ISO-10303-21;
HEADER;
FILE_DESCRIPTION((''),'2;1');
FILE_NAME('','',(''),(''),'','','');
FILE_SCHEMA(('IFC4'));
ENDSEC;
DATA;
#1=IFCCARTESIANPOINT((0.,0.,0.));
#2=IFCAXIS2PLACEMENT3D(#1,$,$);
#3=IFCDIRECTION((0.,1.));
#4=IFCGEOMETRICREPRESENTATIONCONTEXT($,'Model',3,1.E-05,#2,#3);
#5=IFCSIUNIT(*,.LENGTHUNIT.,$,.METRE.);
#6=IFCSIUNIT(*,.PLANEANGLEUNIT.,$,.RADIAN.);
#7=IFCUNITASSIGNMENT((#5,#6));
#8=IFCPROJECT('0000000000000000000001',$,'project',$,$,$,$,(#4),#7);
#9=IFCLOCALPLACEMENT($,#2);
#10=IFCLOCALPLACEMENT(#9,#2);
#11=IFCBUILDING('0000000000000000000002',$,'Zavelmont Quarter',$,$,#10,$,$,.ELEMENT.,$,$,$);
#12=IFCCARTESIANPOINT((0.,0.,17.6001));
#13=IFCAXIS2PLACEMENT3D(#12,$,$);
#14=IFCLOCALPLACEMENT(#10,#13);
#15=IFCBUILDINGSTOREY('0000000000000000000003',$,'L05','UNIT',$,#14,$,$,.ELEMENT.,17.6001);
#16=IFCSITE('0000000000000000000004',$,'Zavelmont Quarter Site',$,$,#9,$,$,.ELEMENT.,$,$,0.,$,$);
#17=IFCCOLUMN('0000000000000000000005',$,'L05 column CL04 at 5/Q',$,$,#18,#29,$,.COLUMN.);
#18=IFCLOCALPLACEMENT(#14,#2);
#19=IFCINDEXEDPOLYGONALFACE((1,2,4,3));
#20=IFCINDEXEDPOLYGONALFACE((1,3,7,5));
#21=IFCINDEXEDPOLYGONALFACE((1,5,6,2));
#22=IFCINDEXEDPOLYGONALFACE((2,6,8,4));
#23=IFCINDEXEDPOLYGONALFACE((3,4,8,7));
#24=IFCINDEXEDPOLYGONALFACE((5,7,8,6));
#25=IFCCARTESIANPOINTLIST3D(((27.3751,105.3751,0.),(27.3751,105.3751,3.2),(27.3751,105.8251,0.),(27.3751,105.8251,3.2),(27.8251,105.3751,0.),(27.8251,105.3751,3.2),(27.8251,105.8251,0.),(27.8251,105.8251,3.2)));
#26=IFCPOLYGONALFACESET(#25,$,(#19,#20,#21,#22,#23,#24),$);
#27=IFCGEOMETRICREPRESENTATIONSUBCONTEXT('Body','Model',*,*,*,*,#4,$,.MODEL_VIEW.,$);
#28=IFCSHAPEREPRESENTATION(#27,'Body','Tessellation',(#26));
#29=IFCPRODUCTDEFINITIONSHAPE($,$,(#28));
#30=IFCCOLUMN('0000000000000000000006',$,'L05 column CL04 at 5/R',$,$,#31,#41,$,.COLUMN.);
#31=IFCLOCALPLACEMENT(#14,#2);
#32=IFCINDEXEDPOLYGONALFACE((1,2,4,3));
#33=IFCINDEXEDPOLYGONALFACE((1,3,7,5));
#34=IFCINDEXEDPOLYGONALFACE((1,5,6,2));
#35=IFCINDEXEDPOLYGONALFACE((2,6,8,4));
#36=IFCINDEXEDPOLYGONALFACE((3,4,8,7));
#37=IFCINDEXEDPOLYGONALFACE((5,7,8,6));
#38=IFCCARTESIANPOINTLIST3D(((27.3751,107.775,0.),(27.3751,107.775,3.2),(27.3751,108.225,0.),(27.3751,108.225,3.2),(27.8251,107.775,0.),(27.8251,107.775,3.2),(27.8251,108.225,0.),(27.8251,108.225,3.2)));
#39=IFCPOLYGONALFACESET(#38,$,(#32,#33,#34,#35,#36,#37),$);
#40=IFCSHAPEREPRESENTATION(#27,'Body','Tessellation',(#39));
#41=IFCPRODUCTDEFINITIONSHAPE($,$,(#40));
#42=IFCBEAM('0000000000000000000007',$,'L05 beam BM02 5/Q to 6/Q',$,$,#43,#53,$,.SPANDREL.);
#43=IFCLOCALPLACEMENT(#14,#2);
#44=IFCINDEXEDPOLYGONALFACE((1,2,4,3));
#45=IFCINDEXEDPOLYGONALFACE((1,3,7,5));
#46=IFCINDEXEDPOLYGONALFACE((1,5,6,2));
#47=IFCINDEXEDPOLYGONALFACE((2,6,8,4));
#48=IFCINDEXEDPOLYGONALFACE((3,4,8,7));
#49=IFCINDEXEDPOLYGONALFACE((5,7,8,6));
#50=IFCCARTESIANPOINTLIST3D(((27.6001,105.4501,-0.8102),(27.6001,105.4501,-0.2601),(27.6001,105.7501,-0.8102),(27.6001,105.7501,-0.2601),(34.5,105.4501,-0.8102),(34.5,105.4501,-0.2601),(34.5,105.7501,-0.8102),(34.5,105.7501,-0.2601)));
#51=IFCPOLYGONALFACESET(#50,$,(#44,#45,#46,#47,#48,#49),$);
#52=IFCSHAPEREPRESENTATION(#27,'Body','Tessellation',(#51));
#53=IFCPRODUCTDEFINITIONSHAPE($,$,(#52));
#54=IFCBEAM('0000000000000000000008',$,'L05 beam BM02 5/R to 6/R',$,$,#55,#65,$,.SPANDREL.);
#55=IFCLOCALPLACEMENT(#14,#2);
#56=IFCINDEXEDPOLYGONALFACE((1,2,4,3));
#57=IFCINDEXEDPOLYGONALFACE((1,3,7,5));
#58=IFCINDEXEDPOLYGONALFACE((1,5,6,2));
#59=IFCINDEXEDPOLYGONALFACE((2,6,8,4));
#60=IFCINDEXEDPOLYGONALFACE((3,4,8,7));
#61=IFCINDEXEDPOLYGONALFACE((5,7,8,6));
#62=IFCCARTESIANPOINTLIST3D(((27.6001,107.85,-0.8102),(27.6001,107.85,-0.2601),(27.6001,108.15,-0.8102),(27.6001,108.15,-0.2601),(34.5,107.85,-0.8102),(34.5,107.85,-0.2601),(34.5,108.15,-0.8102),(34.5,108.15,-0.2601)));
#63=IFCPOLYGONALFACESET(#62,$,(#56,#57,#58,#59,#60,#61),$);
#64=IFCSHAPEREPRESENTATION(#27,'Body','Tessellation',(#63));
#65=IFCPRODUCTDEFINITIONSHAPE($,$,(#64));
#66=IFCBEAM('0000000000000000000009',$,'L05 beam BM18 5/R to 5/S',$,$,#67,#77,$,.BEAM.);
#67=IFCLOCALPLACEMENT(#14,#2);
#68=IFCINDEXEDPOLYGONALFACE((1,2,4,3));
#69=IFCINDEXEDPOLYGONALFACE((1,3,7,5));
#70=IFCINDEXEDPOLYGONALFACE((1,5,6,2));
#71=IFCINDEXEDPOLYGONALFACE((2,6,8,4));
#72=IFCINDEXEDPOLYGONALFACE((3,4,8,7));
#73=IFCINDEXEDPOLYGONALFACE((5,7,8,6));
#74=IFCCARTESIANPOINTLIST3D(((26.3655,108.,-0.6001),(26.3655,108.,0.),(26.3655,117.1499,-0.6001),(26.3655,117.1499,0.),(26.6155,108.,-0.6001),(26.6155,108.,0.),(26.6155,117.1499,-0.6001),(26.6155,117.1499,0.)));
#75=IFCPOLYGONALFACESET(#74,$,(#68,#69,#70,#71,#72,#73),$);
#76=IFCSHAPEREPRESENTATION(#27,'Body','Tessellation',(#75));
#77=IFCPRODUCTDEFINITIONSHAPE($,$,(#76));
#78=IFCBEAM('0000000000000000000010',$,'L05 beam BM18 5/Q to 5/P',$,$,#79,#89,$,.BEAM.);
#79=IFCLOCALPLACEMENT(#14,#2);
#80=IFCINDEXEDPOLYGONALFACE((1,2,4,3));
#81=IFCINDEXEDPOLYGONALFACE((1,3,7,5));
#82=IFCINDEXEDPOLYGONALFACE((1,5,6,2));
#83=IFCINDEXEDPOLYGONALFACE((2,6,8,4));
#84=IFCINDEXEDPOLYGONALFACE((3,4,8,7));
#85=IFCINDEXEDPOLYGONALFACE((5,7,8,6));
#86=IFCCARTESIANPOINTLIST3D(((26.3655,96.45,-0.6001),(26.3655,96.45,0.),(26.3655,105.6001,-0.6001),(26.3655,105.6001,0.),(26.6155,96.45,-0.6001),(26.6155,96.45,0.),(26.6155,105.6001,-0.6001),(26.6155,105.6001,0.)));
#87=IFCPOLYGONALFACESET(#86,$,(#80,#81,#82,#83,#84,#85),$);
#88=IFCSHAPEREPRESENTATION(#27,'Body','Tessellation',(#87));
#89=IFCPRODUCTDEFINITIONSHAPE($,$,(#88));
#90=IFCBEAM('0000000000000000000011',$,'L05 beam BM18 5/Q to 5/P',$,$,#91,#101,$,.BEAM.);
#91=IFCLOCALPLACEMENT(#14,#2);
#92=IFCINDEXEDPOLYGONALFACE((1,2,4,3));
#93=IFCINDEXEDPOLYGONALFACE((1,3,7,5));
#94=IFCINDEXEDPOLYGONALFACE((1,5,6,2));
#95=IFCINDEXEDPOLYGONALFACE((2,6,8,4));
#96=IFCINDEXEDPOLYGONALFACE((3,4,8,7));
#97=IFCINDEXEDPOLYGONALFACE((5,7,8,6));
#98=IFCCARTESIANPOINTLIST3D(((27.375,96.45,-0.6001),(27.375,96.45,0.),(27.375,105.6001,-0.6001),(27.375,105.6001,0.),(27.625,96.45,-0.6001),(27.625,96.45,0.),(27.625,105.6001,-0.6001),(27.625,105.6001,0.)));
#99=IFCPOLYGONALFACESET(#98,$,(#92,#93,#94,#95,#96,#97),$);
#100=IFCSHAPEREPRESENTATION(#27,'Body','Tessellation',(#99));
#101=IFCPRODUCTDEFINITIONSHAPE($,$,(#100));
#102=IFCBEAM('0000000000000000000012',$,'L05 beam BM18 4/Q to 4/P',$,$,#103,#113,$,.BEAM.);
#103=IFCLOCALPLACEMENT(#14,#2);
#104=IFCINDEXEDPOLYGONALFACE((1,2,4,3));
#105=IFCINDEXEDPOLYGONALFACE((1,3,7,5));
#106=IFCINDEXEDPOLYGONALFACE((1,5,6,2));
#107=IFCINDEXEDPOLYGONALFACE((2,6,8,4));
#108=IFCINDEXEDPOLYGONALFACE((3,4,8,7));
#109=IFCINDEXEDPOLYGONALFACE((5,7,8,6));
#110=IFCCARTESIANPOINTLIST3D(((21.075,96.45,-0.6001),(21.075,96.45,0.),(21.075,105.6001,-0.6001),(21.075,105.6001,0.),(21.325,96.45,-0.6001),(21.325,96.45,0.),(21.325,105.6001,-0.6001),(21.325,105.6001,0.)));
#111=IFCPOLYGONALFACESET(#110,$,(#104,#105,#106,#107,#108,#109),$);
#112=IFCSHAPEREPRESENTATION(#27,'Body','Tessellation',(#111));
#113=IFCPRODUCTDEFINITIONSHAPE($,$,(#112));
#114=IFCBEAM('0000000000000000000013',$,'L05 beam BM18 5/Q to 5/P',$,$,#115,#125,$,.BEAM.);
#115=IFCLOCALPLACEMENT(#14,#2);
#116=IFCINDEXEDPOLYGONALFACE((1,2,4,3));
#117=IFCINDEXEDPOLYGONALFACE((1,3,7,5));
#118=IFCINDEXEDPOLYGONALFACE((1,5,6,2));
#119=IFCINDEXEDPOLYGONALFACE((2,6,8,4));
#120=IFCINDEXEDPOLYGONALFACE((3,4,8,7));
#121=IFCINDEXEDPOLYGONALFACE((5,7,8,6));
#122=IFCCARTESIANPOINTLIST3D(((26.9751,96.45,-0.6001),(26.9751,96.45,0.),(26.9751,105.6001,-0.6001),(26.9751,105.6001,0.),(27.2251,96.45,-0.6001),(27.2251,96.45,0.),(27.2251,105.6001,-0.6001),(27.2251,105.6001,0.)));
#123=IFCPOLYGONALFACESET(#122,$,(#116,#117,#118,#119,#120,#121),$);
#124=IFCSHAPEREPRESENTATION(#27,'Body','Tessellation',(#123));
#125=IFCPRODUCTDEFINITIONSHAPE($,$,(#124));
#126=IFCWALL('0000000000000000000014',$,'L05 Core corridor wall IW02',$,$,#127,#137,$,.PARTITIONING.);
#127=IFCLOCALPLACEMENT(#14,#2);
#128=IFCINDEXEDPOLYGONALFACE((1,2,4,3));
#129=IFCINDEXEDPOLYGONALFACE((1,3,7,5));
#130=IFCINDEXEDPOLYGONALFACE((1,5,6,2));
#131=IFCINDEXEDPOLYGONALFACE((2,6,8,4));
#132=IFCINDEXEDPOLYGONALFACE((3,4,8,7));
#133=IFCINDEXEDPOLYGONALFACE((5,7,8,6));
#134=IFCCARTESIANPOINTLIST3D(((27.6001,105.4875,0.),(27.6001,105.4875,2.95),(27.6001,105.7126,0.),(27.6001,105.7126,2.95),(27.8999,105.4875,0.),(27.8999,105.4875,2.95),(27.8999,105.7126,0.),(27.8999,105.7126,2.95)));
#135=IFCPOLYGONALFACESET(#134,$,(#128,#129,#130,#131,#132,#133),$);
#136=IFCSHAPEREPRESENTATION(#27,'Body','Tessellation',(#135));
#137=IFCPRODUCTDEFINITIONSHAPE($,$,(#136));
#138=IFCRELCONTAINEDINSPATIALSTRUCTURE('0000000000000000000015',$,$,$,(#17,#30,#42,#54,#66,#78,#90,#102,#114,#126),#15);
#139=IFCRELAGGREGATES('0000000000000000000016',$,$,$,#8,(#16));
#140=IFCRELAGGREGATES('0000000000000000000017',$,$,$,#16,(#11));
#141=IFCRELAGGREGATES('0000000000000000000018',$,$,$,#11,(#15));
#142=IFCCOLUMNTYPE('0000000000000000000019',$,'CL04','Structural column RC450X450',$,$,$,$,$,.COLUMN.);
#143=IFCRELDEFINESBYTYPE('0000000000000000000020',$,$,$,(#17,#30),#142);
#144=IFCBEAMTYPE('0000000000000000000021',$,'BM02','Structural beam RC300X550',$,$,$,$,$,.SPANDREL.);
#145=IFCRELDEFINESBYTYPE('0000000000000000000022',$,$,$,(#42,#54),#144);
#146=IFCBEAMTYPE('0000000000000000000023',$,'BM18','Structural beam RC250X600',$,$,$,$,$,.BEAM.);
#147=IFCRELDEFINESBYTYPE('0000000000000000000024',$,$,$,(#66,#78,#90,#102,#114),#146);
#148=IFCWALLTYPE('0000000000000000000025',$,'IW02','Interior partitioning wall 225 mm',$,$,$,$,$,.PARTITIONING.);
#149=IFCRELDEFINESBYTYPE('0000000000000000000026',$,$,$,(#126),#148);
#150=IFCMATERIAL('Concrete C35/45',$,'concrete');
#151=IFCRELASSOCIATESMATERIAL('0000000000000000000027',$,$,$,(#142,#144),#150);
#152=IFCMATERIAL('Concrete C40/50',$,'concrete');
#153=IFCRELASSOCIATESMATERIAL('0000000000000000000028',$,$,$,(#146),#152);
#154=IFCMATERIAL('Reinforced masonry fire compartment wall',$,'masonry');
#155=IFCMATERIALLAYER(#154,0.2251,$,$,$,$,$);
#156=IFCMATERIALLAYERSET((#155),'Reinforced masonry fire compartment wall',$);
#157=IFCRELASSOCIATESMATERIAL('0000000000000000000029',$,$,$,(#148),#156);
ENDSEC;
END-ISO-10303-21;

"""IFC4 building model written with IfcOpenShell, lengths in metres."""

from ifc_helpers import new_model, si_unit, direction, frame, frame_2d, origin, origin_2d, place, context, subcontext, project, spatial, rectangle, extrude, material, layer, layer_set, material_profile, profile_set, type_object, element, save


model = new_model("IFC4")

# Units and contexts
model_context = context("Model", 3, precision=1e-05, world=origin(), true_north=direction((0.0, 1.0)))
body_context = subcontext(model_context, "Body", "Model", "MODEL_VIEW")
ifc_project = project(units=[si_unit("LENGTHUNIT", "METRE"), si_unit("PLANEANGLEUNIT", "RADIAN")], contexts=[model_context])

# Site, building, storey
site_placement = place(None, origin())
site = spatial("IfcSite", under=ifc_project, at=site_placement, Name="Zavelmont Quarter Site", CompositionType="ELEMENT", RefElevation=0.0)
building_placement = place(site_placement, origin())
building = spatial("IfcBuilding", under=site, at=building_placement, Name="Zavelmont Quarter", CompositionType="ELEMENT")
storey_placement = place(building_placement, frame((0.0, 0.0, 17.6001)))
storey = spatial("IfcBuildingStorey", under=building, at=storey_placement, Name="L05", Description="UNIT", CompositionType="ELEMENT", Elevation=17.6001)

# Columns
ifc_material_1 = material(Name="Concrete C35/45", Category="concrete")
ifc_material_profile_1 = material_profile(ifc_material_1, rectangle(XDim=0.45, YDim=0.45, at=origin_2d()), Name="RC450X450")
ifc_profile_set_1 = profile_set([ifc_material_profile_1], Name="Concrete C35/45")
column_type = type_object("IfcColumnType", Name="CL04", Description="Structural column RC450X450", PredefinedType="COLUMN", material=ifc_profile_set_1)
for number, where, z_axis, x_axis, name in (
    (1, (27.6001, 105.6001, 0.0), (0.0, 0.0, 1.0), (1.0, 0.0, 0.0), "L05 column CL04 at 5/Q"),
    (2, (27.6001, 108.0, 0.0), (0.0, 0.0, 1.0), (1.0, 0.0, 0.0), "L05 column CL04 at 5/R"),
):
    element("IfcColumn", number, at=place(storey_placement, frame(where, z_axis=z_axis, x_axis=x_axis)), inside=storey, type_object=column_type, Name=name, PredefinedType="COLUMN", context=body_context, shape_type="SweptSolid", body=[
        extrude(rectangle(XDim=0.45, YDim=0.45, at=origin_2d()), origin(), (0.0, 0.0, 1.0), 3.2),
    ])

# Beams
ifc_material_profile_2 = material_profile(ifc_material_1, rectangle(XDim=0.3, YDim=0.55, at=origin_2d()), Name="RC300X550")
ifc_profile_set_2 = profile_set([ifc_material_profile_2], Name="Concrete C35/45")
beam_type_1 = type_object("IfcBeamType", Name="BM02", Description="Structural beam RC300X550", PredefinedType="SPANDREL", material=ifc_profile_set_2)
for number, where, z_axis, x_axis, name in (
    (3, (27.6001, 105.6001, -0.5352), (1.0, 0.0, 0.0), (0.0, 1.0, 0.0), "L05 beam BM02 5/Q to 6/Q"),
    (4, (27.6001, 108.0, -0.5352), (1.0, 0.0, 0.0), (0.0, 1.0, 0.0), "L05 beam BM02 5/R to 6/R"),
):
    element("IfcBeam", number, at=place(storey_placement, frame(where, z_axis=z_axis, x_axis=x_axis)), inside=storey, type_object=beam_type_1, Name=name, PredefinedType="SPANDREL", context=body_context, shape_type="SweptSolid", body=[
        extrude(rectangle(XDim=0.3, YDim=0.55, at=origin_2d()), origin(), (0.0, 0.0, 1.0), 6.8999),
    ])
ifc_material_2 = material(Name="Concrete C40/50", Category="concrete")
ifc_material_profile_3 = material_profile(ifc_material_2, rectangle(XDim=0.25, YDim=0.6001, at=origin_2d()), Name="RC250X600")
ifc_profile_set_3 = profile_set([ifc_material_profile_3], Name="Concrete C40/50")
beam_type_2 = type_object("IfcBeamType", Name="BM18", Description="Structural beam RC250X600", PredefinedType="BEAM", material=ifc_profile_set_3)
beam_placement = place(storey_placement, frame((26.4905, 108.0, -0.3), z_axis=(0.0, 1.0, 0.0), x_axis=(-1.0, 0.0, 0.0)))
element("IfcBeam", 5, at=beam_placement, inside=storey, type_object=beam_type_2, Name="L05 beam BM18 5/R to 5/S", PredefinedType="BEAM", context=body_context, shape_type="SweptSolid", body=[
    extrude(rectangle(XDim=0.25, YDim=0.6001, at=origin_2d()), origin(), (0.0, 0.0, 1.0), 9.1499),
])
for number, where, z_axis, x_axis, name in (
    (6, (26.4905, 105.6001, -0.3), (0.0, -1.0, 0.0), (1.0, 0.0, 0.0), "L05 beam BM18 5/Q to 5/P"),
    (7, (27.5, 105.6001, -0.3), (0.0, -1.0, 0.0), (1.0, 0.0, 0.0), "L05 beam BM18 5/Q to 5/P"),
    (8, (21.2, 105.6001, -0.3), (0.0, -1.0, 0.0), (1.0, 0.0, 0.0), "L05 beam BM18 4/Q to 4/P"),
    (9, (27.1001, 105.6001, -0.3), (0.0, -1.0, 0.0), (1.0, 0.0, 0.0), "L05 beam BM18 5/Q to 5/P"),
):
    element("IfcBeam", number, at=place(storey_placement, frame(where, z_axis=z_axis, x_axis=x_axis)), inside=storey, type_object=beam_type_2, Name=name, PredefinedType="BEAM", context=body_context, shape_type="SweptSolid", body=[
        extrude(rectangle(XDim=0.25, YDim=0.6001, at=origin_2d()), origin(), (0.0, 0.0, 1.0), 9.1501),
    ])

# Wall
ifc_material_3 = material(Name="Reinforced masonry fire compartment wall", Category="masonry")
ifc_layer_1 = layer(ifc_material_3, 0.2251)
ifc_layer_set_1 = layer_set([ifc_layer_1], Name="Reinforced masonry fire compartment wall")
wall_type_1 = type_object("IfcWallType", Name="IW02", Description="Interior partitioning wall 225 mm", PredefinedType="PARTITIONING", material=ifc_layer_set_1)
wall_1_placement = place(storey_placement, frame((27.6001, 105.6001, 0.0), z_axis=(0.0, 0.0, 1.0), x_axis=(1.0, 0.0, 0.0)))
element("IfcWall", 10, at=wall_1_placement, inside=storey, type_object=wall_type_1, Name="L05 Core corridor wall IW02", PredefinedType="PARTITIONING", context=body_context, shape_type="SweptSolid", body=[
    extrude(rectangle(XDim=0.2998, YDim=0.2251, at=frame_2d((0.1499, 0.0))), origin(), (0.0, 0.0, 1.0), 2.95),
])

save(model, "model.ifc")
